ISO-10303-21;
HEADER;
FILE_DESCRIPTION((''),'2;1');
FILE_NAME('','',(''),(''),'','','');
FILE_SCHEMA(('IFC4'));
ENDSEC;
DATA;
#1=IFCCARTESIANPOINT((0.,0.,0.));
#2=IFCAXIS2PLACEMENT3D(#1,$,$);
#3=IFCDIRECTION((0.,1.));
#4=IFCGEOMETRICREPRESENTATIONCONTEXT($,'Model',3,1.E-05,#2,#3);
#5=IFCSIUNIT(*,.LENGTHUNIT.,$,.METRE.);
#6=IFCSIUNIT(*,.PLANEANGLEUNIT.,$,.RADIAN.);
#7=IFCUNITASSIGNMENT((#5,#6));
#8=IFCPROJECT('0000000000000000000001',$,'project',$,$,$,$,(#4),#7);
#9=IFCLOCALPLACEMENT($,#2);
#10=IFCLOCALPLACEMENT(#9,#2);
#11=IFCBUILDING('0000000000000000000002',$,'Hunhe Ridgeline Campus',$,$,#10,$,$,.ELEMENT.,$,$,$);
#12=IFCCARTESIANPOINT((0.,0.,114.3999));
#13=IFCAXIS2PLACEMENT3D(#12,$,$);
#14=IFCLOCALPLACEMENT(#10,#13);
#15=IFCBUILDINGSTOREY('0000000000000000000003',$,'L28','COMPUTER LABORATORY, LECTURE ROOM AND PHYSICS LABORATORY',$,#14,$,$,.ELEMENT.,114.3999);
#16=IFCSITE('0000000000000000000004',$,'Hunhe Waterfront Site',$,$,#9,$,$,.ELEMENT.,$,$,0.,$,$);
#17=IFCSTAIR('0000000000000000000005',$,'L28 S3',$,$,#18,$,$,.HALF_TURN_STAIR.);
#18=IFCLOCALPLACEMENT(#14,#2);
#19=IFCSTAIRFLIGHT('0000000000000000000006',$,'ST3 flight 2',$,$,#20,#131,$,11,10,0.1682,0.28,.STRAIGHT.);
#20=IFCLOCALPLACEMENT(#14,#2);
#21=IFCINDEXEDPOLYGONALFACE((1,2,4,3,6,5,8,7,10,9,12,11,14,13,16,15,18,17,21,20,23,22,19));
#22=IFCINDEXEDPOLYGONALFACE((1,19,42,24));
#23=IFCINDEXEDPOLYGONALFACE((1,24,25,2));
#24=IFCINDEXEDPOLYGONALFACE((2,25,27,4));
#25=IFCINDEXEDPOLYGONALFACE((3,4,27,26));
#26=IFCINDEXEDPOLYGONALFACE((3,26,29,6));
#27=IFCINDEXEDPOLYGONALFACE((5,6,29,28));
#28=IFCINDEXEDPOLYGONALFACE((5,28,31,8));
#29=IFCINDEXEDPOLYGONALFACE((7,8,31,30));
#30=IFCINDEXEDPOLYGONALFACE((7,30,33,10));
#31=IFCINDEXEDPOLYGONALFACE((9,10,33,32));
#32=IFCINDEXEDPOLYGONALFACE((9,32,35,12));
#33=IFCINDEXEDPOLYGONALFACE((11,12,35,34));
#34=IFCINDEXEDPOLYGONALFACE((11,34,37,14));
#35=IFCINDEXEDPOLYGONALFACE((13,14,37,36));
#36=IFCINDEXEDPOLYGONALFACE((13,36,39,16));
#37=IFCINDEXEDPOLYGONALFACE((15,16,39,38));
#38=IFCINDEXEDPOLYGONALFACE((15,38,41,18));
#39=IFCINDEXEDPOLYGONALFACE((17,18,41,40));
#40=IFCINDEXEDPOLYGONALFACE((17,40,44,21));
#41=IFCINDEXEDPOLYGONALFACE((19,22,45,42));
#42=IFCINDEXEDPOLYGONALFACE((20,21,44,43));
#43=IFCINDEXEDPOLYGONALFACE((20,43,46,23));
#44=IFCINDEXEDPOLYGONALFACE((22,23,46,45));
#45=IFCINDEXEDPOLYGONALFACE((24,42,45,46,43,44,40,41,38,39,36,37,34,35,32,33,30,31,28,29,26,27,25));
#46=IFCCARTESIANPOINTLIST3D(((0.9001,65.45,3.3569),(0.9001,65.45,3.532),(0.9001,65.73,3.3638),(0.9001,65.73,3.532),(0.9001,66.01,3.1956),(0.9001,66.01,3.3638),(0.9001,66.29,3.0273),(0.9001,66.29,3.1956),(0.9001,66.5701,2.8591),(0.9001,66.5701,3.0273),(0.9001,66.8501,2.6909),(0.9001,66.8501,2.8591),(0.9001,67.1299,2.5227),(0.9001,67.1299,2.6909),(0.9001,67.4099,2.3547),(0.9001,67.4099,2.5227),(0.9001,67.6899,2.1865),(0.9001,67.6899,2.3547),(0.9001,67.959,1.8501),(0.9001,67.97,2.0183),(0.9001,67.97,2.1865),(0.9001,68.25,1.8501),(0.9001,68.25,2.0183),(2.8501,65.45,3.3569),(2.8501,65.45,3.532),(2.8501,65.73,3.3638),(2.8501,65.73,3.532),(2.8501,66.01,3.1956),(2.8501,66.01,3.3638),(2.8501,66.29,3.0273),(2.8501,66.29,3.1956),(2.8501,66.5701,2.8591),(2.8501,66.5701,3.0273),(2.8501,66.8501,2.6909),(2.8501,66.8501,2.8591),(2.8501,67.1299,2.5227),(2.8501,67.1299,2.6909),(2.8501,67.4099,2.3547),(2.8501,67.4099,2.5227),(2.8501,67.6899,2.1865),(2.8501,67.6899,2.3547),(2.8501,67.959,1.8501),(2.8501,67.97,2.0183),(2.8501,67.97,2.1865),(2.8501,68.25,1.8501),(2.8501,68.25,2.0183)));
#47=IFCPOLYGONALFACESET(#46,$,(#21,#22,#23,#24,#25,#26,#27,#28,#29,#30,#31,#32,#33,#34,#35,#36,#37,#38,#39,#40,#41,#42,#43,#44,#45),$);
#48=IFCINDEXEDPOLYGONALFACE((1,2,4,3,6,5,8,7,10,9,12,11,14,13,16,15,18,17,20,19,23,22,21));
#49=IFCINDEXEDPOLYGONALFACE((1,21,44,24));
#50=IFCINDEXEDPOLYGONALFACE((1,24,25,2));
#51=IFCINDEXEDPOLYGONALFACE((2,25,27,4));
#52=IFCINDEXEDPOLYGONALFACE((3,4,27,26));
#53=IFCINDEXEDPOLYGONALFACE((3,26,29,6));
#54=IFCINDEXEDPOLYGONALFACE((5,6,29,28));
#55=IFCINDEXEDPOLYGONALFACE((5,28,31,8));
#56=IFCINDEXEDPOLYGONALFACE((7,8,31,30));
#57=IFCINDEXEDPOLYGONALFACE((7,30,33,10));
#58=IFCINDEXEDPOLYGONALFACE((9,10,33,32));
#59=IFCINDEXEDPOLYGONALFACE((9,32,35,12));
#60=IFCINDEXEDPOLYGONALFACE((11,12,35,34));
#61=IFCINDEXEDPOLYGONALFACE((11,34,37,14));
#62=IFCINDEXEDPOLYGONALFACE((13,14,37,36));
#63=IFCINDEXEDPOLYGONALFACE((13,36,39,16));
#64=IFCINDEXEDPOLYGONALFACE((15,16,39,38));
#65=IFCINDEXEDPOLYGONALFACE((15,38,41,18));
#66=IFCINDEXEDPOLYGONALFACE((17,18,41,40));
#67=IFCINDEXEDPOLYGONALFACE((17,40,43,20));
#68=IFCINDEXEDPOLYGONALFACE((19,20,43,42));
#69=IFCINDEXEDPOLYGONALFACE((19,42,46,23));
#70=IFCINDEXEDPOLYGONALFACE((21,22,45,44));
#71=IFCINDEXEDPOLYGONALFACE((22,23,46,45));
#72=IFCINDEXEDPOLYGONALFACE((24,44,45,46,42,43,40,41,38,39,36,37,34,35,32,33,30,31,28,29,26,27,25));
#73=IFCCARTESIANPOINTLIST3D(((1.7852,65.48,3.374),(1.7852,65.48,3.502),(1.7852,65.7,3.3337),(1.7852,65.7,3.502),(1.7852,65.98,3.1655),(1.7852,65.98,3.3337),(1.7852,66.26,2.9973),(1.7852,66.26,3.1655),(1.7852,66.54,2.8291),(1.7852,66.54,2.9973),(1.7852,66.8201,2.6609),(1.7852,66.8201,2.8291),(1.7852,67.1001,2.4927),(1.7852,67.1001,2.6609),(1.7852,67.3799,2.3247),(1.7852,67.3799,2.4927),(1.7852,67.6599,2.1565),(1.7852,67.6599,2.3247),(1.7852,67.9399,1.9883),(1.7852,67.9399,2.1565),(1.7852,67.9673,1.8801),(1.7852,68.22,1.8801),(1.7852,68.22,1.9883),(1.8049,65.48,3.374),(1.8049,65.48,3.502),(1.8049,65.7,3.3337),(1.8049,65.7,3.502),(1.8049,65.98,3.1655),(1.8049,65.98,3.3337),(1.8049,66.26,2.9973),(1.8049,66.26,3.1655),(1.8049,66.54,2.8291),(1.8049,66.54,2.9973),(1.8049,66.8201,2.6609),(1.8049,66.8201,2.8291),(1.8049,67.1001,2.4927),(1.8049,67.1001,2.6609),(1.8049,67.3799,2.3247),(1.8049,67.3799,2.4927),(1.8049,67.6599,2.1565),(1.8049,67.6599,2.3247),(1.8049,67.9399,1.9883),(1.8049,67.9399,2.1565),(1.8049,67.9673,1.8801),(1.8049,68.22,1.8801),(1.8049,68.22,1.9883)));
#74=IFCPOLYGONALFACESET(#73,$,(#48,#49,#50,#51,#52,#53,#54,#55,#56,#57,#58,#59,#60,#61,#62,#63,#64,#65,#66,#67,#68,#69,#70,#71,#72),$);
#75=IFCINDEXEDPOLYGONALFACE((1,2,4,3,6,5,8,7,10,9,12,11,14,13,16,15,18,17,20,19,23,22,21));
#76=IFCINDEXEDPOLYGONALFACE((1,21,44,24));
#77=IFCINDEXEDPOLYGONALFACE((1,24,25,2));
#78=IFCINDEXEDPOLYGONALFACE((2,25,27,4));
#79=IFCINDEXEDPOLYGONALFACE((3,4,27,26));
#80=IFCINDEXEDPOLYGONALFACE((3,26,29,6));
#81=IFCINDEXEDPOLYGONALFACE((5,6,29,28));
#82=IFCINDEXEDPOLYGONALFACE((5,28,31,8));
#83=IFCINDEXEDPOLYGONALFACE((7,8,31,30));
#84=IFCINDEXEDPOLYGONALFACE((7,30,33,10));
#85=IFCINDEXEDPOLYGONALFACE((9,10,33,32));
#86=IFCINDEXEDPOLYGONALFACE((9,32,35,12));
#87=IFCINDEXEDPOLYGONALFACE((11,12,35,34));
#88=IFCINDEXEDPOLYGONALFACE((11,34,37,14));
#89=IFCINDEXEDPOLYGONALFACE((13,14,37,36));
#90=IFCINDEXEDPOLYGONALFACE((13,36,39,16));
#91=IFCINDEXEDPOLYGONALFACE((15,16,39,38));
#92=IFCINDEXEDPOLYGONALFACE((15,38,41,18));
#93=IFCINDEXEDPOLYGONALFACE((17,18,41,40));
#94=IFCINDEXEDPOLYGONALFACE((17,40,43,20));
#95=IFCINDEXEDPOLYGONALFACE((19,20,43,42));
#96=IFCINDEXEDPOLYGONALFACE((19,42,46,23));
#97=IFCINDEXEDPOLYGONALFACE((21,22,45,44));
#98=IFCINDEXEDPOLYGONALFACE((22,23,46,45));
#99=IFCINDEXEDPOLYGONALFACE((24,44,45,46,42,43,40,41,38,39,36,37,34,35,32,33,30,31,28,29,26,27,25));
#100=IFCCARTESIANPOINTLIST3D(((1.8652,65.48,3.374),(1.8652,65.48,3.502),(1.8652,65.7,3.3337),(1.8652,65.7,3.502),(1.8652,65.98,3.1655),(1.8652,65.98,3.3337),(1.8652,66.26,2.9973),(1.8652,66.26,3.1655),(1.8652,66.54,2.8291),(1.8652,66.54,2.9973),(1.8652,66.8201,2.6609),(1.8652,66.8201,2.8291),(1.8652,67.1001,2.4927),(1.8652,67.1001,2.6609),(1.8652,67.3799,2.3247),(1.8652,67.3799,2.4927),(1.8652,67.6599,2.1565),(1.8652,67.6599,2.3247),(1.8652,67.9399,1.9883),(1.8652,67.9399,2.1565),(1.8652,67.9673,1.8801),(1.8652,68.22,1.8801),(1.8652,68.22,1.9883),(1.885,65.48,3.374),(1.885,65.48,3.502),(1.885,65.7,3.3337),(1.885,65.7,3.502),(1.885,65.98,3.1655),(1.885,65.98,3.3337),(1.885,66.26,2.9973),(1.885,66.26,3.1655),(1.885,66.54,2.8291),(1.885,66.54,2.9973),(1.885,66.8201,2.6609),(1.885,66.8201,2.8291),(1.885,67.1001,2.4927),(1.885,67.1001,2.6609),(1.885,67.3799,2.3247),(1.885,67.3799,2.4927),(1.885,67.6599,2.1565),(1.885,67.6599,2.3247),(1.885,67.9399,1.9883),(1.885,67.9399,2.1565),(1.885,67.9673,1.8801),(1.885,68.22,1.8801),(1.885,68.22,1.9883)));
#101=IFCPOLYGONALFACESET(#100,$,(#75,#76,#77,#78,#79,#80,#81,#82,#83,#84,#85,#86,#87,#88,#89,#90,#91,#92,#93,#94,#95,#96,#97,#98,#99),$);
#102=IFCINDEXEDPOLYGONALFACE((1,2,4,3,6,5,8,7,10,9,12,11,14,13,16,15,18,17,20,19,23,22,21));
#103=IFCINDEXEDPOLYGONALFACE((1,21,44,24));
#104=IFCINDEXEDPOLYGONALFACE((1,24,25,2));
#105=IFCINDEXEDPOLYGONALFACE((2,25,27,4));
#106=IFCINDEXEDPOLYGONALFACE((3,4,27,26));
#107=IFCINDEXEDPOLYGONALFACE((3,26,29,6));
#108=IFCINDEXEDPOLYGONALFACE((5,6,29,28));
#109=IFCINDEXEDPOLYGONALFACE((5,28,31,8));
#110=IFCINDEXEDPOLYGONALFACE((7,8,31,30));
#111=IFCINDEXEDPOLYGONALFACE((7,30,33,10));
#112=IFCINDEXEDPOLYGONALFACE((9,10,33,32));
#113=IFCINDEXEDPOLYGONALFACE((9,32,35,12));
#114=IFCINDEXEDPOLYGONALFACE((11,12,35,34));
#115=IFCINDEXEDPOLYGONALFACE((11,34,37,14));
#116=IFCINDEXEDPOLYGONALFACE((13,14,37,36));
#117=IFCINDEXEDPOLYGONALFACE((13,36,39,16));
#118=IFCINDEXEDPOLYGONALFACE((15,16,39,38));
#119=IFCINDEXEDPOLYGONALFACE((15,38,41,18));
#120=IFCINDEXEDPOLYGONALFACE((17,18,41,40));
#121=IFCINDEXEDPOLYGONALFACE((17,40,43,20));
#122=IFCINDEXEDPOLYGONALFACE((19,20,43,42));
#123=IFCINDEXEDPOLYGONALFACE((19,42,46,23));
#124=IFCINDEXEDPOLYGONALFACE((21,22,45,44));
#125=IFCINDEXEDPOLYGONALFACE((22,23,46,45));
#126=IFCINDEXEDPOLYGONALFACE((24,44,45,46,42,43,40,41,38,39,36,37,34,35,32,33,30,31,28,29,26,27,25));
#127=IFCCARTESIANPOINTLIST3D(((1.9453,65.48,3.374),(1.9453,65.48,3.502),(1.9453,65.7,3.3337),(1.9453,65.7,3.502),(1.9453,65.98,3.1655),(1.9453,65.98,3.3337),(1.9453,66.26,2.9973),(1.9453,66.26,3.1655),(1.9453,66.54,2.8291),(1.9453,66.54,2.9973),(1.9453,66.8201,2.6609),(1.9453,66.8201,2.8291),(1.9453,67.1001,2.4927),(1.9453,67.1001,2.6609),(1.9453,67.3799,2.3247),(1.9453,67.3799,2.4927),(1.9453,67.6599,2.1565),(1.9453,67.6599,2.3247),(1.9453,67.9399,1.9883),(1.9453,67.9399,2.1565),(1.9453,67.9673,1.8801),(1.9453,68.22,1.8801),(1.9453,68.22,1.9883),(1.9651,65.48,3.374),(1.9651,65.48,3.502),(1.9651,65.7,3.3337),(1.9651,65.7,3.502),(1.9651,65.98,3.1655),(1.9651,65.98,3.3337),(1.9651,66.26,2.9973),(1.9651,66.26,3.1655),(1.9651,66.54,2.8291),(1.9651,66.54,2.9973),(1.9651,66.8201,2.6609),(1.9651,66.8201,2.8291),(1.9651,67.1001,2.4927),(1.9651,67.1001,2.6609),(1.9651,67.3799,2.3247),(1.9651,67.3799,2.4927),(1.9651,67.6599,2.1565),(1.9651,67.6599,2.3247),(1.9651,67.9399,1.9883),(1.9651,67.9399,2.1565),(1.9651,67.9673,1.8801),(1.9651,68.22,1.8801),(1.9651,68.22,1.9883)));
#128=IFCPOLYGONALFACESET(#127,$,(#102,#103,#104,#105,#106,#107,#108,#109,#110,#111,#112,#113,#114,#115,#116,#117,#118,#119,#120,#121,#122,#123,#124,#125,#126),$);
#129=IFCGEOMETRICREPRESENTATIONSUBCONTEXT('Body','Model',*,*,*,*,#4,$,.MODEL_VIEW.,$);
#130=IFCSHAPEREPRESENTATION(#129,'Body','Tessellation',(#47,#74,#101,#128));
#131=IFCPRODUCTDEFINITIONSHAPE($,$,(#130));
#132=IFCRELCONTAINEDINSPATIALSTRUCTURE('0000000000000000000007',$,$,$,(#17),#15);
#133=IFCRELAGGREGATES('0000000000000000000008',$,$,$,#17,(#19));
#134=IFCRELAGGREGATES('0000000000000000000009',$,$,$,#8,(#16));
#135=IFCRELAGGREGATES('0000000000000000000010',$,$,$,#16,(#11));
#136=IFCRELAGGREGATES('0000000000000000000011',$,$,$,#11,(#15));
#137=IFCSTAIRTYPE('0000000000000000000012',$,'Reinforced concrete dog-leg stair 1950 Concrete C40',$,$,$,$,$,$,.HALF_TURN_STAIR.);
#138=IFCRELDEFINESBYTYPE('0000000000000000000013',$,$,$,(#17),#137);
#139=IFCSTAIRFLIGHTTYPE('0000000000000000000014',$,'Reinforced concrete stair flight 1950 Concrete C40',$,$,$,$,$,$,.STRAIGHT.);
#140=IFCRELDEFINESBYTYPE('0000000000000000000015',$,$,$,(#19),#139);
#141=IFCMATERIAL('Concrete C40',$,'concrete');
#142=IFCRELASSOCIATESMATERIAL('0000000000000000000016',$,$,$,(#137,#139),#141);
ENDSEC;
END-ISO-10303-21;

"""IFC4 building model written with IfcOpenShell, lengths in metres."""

from ifc_helpers import new_model, si_unit, direction, frame, origin, place, context, subcontext, project, spatial, polyline, outline, extrude, material, type_object, element, aggregate, save


model = new_model("IFC4")

# Units and contexts
model_context = context("Model", 3, precision=1e-05, world=origin(), true_north=direction((0.0, 1.0)))
body_context = subcontext(model_context, "Body", "Model", "MODEL_VIEW")
ifc_project = project(units=[si_unit("LENGTHUNIT", "METRE"), si_unit("PLANEANGLEUNIT", "RADIAN")], contexts=[model_context])

# Site, building, storey
site_placement = place(None, origin())
site = spatial("IfcSite", under=ifc_project, at=site_placement, Name="Hunhe Waterfront Site", CompositionType="ELEMENT", RefElevation=0.0)
building_placement = place(site_placement, origin())
building = spatial("IfcBuilding", under=site, at=building_placement, Name="Hunhe Ridgeline Campus", CompositionType="ELEMENT")
storey_placement = place(building_placement, frame((0.0, 0.0, 114.3999)))
storey = spatial("IfcBuildingStorey", under=building, at=storey_placement, Name="L28", Description="COMPUTER LABORATORY, LECTURE ROOM AND PHYSICS LABORATORY", CompositionType="ELEMENT", Elevation=114.3999)

# Stair, stair flight
ifc_material_1 = material(Name="Concrete C40", Category="concrete")
stair_type = type_object("IfcStairType", Name="Reinforced concrete dog-leg stair 1950 Concrete C40", PredefinedType="HALF_TURN_STAIR", material=ifc_material_1)
stair_1_placement = place(storey_placement, origin())
stair_1 = element("IfcStair", 1, at=stair_1_placement, inside=storey, type_object=stair_type, Name="L28 S3", PredefinedType="HALF_TURN_STAIR")
stair_flight_type = type_object("IfcStairFlightType", Name="Reinforced concrete stair flight 1950 Concrete C40", PredefinedType="STRAIGHT", material=ifc_material_1)
stair_flight_1_placement = place(storey_placement, frame((1.875, 68.25, 1.8501), z_axis=(0.0, 0.0, 1.0), x_axis=(0.0, -1.0, 0.0)))
stair_flight_1 = element("IfcStairFlight", 2, at=stair_flight_1_placement, type_object=stair_flight_type, Name="ST3 flight 2", NumberOfRisers=11, NumberOfTreads=10, PredefinedType="STRAIGHT", RiserHeight=0.1682, TreadLength=0.28, context=body_context, shape_type="SweptSolid", body=[
    extrude(outline(polyline([(0.0, 0.0), (0.0, 0.1682), (0.28, 0.1682), (0.28, 0.3364), (0.5601, 0.3364), (0.5601, 0.5046), (0.8401, 0.5046), (0.8401, 0.6726), (1.1201, 0.6726), (1.1201, 0.8408), (1.3999, 0.8408), (1.3999, 1.009), (1.6799, 1.009), (1.6799, 1.1772), (1.96, 1.1772), (1.96, 1.3455), (2.24, 1.3455), (2.24, 1.5137), (2.52, 1.5137), (2.52, 1.6819), (2.8, 1.6819), (2.8, 1.8501), (2.8, 1.5068), (0.291, 0.0), (0.0, 0.0)])), frame((0.0, 0.9751, 0.0), z_axis=(0.0, -1.0, 0.0), x_axis=(1.0, 0.0, 0.0)), (0.0, 0.0, 1.0), 1.95),
    extrude(outline(polyline([(0.03, 0.03), (0.03, 0.1382), (0.3101, 0.1382), (0.3101, 0.3064), (0.5901, 0.3064), (0.5901, 0.4746), (0.8701, 0.4746), (0.8701, 0.6426), (1.1499, 0.6426), (1.1499, 0.8108), (1.4299, 0.8108), (1.4299, 0.979), (1.71, 0.979), (1.71, 1.1472), (1.99, 1.1472), (1.99, 1.3154), (2.27, 1.3154), (2.27, 1.4836), (2.55, 1.4836), (2.55, 1.6519), (2.77, 1.6519), (2.77, 1.5239), (0.2827, 0.03), (0.03, 0.03)])), frame((0.0, -0.0701, 0.0), z_axis=(0.0, -1.0, 0.0), x_axis=(1.0, 0.0, 0.0)), (0.0, 0.0, 1.0), 0.0198),
    extrude(outline(polyline([(0.03, 0.03), (0.03, 0.1382), (0.3101, 0.1382), (0.3101, 0.3064), (0.5901, 0.3064), (0.5901, 0.4746), (0.8701, 0.4746), (0.8701, 0.6426), (1.1499, 0.6426), (1.1499, 0.8108), (1.4299, 0.8108), (1.4299, 0.979), (1.71, 0.979), (1.71, 1.1472), (1.99, 1.1472), (1.99, 1.3154), (2.27, 1.3154), (2.27, 1.4836), (2.55, 1.4836), (2.55, 1.6519), (2.77, 1.6519), (2.77, 1.5239), (0.2827, 0.03), (0.03, 0.03)])), frame((0.0, 0.01, 0.0), z_axis=(0.0, -1.0, 0.0), x_axis=(1.0, 0.0, 0.0)), (0.0, 0.0, 1.0), 0.0198),
    extrude(outline(polyline([(0.03, 0.03), (0.03, 0.1382), (0.3101, 0.1382), (0.3101, 0.3064), (0.5901, 0.3064), (0.5901, 0.4746), (0.8701, 0.4746), (0.8701, 0.6426), (1.1499, 0.6426), (1.1499, 0.8108), (1.4299, 0.8108), (1.4299, 0.979), (1.71, 0.979), (1.71, 1.1472), (1.99, 1.1472), (1.99, 1.3154), (2.27, 1.3154), (2.27, 1.4836), (2.55, 1.4836), (2.55, 1.6519), (2.77, 1.6519), (2.77, 1.5239), (0.2827, 0.03), (0.03, 0.03)])), frame((0.0, 0.0901, 0.0), z_axis=(0.0, -1.0, 0.0), x_axis=(1.0, 0.0, 0.0)), (0.0, 0.0, 1.0), 0.0198),
])
aggregate(stair_1, [stair_flight_1])

save(model, "model.ifc")
